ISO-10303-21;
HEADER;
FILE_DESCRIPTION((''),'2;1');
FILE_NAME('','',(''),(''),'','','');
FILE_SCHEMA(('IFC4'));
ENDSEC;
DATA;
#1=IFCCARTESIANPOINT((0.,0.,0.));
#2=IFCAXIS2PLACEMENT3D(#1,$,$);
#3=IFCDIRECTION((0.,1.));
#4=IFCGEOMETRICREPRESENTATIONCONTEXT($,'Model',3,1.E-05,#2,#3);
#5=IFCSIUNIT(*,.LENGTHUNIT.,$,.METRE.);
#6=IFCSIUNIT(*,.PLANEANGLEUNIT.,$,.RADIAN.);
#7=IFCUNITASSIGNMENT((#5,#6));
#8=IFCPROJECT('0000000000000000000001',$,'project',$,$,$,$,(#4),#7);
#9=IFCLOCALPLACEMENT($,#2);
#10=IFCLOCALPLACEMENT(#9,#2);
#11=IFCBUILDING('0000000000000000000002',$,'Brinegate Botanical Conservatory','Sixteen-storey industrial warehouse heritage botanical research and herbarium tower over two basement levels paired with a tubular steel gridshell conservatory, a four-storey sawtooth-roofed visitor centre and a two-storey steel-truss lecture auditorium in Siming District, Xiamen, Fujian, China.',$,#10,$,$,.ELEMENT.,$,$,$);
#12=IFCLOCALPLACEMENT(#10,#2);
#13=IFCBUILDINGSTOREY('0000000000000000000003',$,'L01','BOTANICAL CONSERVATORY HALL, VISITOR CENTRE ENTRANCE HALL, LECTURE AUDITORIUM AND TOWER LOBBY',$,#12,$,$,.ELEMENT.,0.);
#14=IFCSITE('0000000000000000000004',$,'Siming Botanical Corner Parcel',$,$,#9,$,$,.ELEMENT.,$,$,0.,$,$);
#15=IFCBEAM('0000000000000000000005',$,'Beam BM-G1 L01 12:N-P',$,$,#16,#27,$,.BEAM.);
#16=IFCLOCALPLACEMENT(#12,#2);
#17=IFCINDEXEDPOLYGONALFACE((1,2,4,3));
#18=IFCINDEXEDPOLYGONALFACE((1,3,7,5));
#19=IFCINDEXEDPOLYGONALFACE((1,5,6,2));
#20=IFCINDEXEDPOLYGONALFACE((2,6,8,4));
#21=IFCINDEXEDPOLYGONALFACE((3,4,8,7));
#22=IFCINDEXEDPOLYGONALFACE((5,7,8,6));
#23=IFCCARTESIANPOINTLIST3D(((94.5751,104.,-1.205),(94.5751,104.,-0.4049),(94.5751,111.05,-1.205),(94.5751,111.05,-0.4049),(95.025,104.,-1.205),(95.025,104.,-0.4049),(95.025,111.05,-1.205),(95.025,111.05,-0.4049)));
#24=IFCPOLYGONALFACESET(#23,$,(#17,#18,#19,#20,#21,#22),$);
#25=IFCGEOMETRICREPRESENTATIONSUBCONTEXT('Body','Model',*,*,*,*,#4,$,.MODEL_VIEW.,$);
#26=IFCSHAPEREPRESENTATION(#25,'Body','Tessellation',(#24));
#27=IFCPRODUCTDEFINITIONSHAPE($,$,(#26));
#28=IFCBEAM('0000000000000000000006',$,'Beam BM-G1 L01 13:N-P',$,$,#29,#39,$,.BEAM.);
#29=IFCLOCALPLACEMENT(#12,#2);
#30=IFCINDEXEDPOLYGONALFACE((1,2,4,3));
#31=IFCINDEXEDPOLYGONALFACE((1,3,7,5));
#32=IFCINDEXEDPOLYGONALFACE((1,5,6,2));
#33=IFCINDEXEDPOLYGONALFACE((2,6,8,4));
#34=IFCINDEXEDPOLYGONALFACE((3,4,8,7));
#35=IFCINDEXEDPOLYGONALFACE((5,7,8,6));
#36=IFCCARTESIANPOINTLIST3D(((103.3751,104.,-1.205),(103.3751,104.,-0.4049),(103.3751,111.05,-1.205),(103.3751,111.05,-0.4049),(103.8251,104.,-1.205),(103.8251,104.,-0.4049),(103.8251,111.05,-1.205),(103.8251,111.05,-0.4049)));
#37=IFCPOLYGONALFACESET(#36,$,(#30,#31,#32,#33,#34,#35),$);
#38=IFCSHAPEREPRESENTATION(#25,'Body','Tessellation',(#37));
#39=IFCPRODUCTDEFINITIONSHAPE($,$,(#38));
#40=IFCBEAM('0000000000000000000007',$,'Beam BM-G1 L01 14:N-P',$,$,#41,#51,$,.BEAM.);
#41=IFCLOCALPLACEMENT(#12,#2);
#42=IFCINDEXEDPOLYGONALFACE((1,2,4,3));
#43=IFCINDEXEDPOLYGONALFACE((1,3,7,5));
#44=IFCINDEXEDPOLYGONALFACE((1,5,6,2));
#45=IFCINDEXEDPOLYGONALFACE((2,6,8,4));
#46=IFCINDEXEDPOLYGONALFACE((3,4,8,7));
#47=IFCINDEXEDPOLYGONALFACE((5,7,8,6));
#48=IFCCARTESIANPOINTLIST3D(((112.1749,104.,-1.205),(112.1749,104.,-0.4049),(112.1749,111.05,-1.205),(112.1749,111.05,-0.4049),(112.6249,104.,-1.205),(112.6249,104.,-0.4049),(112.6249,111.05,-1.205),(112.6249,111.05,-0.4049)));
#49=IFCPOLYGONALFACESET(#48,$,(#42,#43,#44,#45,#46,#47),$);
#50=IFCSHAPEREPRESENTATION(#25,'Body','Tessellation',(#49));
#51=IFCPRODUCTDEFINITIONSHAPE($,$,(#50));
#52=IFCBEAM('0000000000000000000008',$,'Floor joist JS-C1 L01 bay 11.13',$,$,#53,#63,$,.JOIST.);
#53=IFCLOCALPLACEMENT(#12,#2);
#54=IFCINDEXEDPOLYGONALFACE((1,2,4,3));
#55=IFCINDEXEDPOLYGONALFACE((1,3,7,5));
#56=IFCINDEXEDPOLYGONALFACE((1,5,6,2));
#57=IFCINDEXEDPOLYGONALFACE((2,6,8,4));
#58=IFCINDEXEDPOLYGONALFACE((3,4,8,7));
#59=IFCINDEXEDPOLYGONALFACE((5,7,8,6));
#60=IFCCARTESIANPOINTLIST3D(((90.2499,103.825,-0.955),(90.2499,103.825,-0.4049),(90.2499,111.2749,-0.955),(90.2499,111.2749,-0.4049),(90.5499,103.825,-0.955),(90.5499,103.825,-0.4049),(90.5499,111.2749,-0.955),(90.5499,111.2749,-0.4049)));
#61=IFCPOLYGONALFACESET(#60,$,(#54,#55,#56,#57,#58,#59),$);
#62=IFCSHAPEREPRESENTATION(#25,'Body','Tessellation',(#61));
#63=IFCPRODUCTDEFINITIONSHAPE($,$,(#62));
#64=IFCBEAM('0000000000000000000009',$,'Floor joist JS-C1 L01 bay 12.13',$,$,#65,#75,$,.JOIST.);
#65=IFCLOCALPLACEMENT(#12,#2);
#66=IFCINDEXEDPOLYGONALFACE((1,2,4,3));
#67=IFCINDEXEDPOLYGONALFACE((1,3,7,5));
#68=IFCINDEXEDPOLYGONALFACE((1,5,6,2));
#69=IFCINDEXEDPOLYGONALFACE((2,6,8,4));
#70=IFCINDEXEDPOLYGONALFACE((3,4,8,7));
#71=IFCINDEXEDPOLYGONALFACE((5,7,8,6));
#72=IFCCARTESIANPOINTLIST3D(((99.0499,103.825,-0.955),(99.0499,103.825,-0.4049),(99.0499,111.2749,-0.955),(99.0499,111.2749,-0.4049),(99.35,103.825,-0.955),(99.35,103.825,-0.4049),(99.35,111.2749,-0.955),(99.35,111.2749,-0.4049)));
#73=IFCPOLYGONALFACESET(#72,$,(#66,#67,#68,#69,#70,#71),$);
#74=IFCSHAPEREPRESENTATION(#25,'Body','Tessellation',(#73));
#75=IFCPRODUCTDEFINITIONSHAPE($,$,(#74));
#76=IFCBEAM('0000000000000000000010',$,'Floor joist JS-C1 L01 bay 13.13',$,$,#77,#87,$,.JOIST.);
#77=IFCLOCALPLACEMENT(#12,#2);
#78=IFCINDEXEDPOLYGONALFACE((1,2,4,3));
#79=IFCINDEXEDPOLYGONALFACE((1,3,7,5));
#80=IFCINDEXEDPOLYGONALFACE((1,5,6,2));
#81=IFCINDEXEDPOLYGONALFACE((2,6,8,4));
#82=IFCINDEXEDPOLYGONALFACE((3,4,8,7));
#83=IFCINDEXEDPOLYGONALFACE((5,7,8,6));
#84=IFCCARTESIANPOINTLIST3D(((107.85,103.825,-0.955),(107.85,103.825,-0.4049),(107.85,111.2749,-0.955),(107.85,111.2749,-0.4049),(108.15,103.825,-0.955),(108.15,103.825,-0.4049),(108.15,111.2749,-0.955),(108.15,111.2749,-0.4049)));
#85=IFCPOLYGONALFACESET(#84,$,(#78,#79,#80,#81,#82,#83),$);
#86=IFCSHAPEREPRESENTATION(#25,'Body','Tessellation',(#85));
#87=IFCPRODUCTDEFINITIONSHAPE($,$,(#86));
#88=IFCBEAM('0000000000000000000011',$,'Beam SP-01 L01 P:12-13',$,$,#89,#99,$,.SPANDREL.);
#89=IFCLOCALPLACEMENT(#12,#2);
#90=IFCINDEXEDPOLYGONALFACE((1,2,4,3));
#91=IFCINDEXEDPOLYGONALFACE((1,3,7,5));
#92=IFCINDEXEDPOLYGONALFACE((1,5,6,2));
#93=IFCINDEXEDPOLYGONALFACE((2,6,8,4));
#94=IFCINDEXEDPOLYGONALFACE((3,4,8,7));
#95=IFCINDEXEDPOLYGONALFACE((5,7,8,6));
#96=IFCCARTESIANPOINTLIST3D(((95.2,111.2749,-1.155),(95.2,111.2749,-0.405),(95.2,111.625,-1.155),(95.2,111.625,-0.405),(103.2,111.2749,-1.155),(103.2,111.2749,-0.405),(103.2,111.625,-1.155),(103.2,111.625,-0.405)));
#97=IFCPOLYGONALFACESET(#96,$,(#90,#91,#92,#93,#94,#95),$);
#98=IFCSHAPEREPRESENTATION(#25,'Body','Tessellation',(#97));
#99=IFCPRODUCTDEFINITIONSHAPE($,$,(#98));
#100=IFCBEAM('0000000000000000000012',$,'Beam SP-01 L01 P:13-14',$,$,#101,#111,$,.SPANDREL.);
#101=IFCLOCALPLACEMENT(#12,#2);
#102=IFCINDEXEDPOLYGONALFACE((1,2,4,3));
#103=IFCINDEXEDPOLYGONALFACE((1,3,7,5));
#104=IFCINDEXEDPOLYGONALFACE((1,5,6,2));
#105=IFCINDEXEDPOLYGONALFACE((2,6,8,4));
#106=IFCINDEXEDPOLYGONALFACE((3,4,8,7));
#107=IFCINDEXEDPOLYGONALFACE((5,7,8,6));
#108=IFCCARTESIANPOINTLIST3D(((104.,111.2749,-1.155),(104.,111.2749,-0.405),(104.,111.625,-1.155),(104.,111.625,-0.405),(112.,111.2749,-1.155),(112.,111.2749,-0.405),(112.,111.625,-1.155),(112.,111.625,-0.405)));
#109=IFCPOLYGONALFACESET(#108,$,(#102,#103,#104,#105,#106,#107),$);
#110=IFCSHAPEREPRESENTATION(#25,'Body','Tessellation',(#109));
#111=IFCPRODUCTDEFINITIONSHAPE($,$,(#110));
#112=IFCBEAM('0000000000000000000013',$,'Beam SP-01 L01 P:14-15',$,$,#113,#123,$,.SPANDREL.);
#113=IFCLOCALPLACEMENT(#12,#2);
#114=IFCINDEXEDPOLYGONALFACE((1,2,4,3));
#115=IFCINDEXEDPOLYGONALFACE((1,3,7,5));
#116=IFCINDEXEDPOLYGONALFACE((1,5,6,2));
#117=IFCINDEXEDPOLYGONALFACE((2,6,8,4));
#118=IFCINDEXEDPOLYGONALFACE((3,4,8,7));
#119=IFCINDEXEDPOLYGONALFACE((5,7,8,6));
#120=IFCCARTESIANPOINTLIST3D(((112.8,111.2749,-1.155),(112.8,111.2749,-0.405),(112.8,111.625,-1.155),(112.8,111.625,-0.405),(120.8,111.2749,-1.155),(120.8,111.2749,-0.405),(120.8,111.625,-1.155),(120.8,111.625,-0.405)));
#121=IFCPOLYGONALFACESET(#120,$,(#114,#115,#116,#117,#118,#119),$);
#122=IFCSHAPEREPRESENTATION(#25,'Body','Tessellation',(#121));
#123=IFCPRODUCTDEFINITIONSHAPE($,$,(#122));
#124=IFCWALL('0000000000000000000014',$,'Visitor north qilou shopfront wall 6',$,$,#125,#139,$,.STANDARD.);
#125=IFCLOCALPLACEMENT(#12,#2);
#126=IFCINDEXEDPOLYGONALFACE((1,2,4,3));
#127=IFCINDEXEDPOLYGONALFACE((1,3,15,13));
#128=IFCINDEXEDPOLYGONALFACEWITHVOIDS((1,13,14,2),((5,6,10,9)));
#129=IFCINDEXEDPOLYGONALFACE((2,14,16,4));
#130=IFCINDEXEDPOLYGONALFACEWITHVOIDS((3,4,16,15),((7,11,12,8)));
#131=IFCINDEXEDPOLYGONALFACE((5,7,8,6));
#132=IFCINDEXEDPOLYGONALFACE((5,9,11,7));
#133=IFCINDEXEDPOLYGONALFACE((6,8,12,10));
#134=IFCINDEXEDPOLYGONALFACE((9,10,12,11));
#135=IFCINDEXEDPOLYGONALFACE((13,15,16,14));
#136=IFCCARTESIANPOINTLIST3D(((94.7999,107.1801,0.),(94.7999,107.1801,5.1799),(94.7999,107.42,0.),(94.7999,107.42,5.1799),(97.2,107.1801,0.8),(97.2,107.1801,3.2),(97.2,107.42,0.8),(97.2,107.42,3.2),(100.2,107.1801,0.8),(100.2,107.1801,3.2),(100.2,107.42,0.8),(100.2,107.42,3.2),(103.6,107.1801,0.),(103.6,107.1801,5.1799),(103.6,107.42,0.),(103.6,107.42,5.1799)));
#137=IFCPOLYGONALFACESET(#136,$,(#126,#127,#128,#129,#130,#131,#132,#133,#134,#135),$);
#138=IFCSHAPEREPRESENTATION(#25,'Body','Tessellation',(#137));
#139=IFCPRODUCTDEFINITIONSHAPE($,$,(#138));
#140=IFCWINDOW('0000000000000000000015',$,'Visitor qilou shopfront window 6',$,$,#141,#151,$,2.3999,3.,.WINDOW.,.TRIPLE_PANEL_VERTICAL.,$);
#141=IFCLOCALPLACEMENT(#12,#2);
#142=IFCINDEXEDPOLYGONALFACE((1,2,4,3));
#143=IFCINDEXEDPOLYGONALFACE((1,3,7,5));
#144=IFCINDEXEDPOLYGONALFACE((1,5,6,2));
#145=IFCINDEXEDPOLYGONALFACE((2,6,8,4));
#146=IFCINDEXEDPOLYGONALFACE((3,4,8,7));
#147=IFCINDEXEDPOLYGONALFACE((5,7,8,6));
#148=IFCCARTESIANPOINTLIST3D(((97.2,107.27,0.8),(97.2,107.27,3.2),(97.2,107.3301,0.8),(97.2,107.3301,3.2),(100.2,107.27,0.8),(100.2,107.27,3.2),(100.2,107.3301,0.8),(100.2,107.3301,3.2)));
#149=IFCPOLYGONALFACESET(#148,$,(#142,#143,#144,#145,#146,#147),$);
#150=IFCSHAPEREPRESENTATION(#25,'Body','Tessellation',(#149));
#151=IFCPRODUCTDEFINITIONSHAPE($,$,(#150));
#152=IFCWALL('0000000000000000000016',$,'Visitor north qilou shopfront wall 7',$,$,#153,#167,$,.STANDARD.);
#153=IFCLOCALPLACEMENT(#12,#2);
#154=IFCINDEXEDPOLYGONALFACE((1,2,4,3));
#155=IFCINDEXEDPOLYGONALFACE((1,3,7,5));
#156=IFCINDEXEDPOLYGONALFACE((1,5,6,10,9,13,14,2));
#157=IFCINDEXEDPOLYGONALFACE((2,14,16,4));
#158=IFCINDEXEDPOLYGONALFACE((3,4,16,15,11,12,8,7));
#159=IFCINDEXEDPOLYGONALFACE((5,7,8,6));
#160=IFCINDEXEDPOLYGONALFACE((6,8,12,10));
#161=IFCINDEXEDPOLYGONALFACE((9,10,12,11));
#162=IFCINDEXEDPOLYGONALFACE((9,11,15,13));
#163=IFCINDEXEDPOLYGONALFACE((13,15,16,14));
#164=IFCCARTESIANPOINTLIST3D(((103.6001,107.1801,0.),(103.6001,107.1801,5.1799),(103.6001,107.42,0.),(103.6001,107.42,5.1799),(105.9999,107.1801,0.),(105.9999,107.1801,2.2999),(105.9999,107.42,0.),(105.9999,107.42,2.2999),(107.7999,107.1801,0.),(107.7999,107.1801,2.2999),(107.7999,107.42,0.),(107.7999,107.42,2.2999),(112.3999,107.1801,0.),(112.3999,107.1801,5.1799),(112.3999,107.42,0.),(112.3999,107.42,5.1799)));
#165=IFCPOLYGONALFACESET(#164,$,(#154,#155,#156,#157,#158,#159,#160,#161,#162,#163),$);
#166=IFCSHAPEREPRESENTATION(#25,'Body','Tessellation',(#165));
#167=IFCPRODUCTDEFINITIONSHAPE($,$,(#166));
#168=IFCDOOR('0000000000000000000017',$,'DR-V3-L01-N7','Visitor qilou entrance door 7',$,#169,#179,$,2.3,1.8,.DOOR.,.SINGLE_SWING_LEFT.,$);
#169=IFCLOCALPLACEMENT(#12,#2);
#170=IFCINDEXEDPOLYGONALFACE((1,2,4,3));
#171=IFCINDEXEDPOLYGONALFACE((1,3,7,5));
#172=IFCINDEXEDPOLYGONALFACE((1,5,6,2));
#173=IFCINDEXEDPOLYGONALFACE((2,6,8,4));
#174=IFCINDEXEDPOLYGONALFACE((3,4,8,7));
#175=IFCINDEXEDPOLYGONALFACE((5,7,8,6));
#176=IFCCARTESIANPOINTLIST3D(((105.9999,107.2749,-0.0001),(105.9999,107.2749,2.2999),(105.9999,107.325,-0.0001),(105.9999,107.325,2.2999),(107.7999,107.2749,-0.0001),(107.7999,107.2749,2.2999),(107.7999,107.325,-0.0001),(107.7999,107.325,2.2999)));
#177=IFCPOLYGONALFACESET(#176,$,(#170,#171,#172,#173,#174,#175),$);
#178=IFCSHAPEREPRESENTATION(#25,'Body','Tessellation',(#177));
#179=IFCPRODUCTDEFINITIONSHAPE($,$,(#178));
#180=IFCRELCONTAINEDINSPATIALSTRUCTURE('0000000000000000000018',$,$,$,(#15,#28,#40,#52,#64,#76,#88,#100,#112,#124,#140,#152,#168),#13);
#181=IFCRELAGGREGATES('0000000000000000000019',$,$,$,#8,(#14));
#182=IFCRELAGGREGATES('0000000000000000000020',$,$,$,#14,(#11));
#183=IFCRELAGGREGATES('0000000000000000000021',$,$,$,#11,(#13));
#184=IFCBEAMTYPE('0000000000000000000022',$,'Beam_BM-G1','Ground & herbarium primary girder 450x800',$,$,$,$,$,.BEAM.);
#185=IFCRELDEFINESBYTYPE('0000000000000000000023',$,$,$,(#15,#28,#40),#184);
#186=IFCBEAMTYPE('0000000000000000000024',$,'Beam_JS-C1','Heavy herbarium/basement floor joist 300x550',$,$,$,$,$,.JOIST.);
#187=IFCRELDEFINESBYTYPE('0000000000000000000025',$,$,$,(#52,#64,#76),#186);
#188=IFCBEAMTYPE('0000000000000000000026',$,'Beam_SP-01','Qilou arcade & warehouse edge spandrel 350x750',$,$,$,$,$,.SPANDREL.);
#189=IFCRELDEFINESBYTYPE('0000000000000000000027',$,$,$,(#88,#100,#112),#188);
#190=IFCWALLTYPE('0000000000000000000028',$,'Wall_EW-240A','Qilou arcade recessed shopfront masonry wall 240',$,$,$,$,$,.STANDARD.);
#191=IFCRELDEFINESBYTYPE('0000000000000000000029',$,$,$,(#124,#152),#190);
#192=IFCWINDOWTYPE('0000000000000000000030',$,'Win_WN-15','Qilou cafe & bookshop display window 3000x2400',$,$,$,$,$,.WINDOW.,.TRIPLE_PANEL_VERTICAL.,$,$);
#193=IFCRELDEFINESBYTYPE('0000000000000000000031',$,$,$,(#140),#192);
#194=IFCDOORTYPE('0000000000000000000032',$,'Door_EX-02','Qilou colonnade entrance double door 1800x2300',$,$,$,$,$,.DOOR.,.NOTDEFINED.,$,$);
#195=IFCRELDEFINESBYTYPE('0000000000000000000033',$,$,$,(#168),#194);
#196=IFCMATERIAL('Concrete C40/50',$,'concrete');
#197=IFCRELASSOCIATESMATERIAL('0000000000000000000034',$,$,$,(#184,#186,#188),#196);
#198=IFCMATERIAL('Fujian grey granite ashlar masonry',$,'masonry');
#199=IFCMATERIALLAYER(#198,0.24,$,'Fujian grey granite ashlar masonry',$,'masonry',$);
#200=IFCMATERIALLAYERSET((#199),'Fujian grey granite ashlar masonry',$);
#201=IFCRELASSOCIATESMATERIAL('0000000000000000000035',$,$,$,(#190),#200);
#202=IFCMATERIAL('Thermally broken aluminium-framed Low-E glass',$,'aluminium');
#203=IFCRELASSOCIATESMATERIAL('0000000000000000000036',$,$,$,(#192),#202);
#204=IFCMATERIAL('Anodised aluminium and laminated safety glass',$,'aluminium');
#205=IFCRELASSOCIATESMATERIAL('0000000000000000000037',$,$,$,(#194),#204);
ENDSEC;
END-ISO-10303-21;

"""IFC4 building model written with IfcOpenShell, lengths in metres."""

from ifc_helpers import new_model, si_unit, direction, frame, frame_2d, origin, origin_2d, place, context, subcontext, project, spatial, rectangle, extrude, material, layer, layer_set, material_profile, profile_set, type_object, element, fill, save


model = new_model("IFC4")

# Units and contexts
model_context = context("Model", 3, precision=1e-05, world=origin(), true_north=direction((0.0, 1.0)))
body_context = subcontext(model_context, "Body", "Model", "MODEL_VIEW")
ifc_project = project(units=[si_unit("LENGTHUNIT", "METRE"), si_unit("PLANEANGLEUNIT", "RADIAN")], contexts=[model_context])

# Site, building, storey
site_placement = place(None, origin())
site = spatial("IfcSite", under=ifc_project, at=site_placement, Name="Siming Botanical Corner Parcel", CompositionType="ELEMENT", RefElevation=0.0)
building_placement = place(site_placement, origin())
building = spatial("IfcBuilding", under=site, at=building_placement, Name="Brinegate Botanical Conservatory", Description="Sixteen-storey industrial warehouse heritage botanical research and herbarium tower over two basement levels paired with a tubular steel gridshell conservatory, a four-storey sawtooth-roofed visitor centre and a two-storey steel-truss lecture auditorium in Siming District, Xiamen, Fujian, China.", CompositionType="ELEMENT")
storey_placement = place(building_placement, origin())
storey = spatial("IfcBuildingStorey", under=building, at=storey_placement, Name="L01", Description="BOTANICAL CONSERVATORY HALL, VISITOR CENTRE ENTRANCE HALL, LECTURE AUDITORIUM AND TOWER LOBBY", CompositionType="ELEMENT", Elevation=0.0)

# Shared definitions
ifc_material_1 = material(Name="Concrete C40/50", Category="concrete")

# Beams
ifc_material_profile_1 = material_profile(ifc_material_1, rectangle(XDim=0.45, YDim=0.8, at=origin_2d()), Name="RC BM 450x800")
ifc_profile_set_1 = profile_set([ifc_material_profile_1], Name="Concrete C40/50")
beam_type_1 = type_object("IfcBeamType", Name="Beam_BM-G1", Description="Ground & herbarium primary girder 450x800", PredefinedType="BEAM", material=ifc_profile_set_1)
for number, where, z_axis, x_axis, name in (
    (1, (94.8, 104.0, -0.8049), (0.0, 1.0, 0.0), (-1.0, 0.0, 0.0), "Beam BM-G1 L01 12:N-P"),
    (2, (103.6001, 104.0, -0.8049), (0.0, 1.0, 0.0), (-1.0, 0.0, 0.0), "Beam BM-G1 L01 13:N-P"),
    (3, (112.3999, 104.0, -0.8049), (0.0, 1.0, 0.0), (-1.0, 0.0, 0.0), "Beam BM-G1 L01 14:N-P"),
):
    element("IfcBeam", number, at=place(storey_placement, frame(where, z_axis=z_axis, x_axis=x_axis)), inside=storey, type_object=beam_type_1, Name=name, PredefinedType="BEAM", context=body_context, shape_type="SweptSolid", body=[
        extrude(rectangle(XDim=0.45, YDim=0.8, at=origin_2d()), origin(), (0.0, 0.0, 1.0), 7.05),
    ])
ifc_material_profile_2 = material_profile(ifc_material_1, rectangle(XDim=0.3, YDim=0.55, at=origin_2d()), Name="RC JST 300x550")
ifc_profile_set_2 = profile_set([ifc_material_profile_2], Name="Concrete C40/50")
beam_type_2 = type_object("IfcBeamType", Name="Beam_JS-C1", Description="Heavy herbarium/basement floor joist 300x550", PredefinedType="JOIST", material=ifc_profile_set_2)
for number, where, z_axis, x_axis, name in (
    (4, (90.3999, 103.825, -0.6799), (0.0, 1.0, 0.0), (-1.0, 0.0, 0.0), "Floor joist JS-C1 L01 bay 11.13"),
    (5, (99.2, 103.825, -0.6799), (0.0, 1.0, 0.0), (-1.0, 0.0, 0.0), "Floor joist JS-C1 L01 bay 12.13"),
    (6, (108.0, 103.825, -0.6799), (0.0, 1.0, 0.0), (-1.0, 0.0, 0.0), "Floor joist JS-C1 L01 bay 13.13"),
):
    element("IfcBeam", number, at=place(storey_placement, frame(where, z_axis=z_axis, x_axis=x_axis)), inside=storey, type_object=beam_type_2, Name=name, PredefinedType="JOIST", context=body_context, shape_type="SweptSolid", body=[
        extrude(rectangle(XDim=0.3, YDim=0.55, at=origin_2d()), origin(), (0.0, 0.0, 1.0), 7.45),
    ])
ifc_material_profile_3 = material_profile(ifc_material_1, rectangle(XDim=0.3501, YDim=0.75, at=origin_2d()), Name="RC SPN 350x750")
ifc_profile_set_3 = profile_set([ifc_material_profile_3], Name="Concrete C40/50")
beam_type_3 = type_object("IfcBeamType", Name="Beam_SP-01", Description="Qilou arcade & warehouse edge spandrel 350x750", PredefinedType="SPANDREL", material=ifc_profile_set_3)
for number, where, z_axis, x_axis, name in (
    (7, (95.2, 111.45, -0.78), (1.0, 0.0, 0.0), (0.0, 1.0, 0.0), "Beam SP-01 L01 P:12-13"),
    (8, (104.0, 111.45, -0.78), (1.0, 0.0, 0.0), (0.0, 1.0, 0.0), "Beam SP-01 L01 P:13-14"),
    (9, (112.8, 111.45, -0.78), (1.0, 0.0, 0.0), (0.0, 1.0, 0.0), "Beam SP-01 L01 P:14-15"),
):
    element("IfcBeam", number, at=place(storey_placement, frame(where, z_axis=z_axis, x_axis=x_axis)), inside=storey, type_object=beam_type_3, Name=name, PredefinedType="SPANDREL", context=body_context, shape_type="SweptSolid", body=[
        extrude(rectangle(XDim=0.3501, YDim=0.75, at=origin_2d()), origin(), (0.0, 0.0, 1.0), 8.0),
    ])

# Wall, opening, window
ifc_material_2 = material(Name="Fujian grey granite ashlar masonry", Category="masonry")
ifc_layer_1 = layer(ifc_material_2, 0.24, Name="Fujian grey granite ashlar masonry", Category="masonry")
ifc_layer_set_1 = layer_set([ifc_layer_1], Name="Fujian grey granite ashlar masonry")
wall_type_1 = type_object("IfcWallType", Name="Wall_EW-240A", Description="Qilou arcade recessed shopfront masonry wall 240", PredefinedType="STANDARD", material=ifc_layer_set_1)
wall_1_placement = place(storey_placement, frame((94.8, 107.3, 0.0), z_axis=(0.0, 0.0, 1.0), x_axis=(1.0, 0.0, 0.0)))
wall_1 = element("IfcWall", 10, at=wall_1_placement, inside=storey, type_object=wall_type_1, Name="Visitor north qilou shopfront wall 6", PredefinedType="STANDARD", context=body_context, shape_type="SweptSolid", body=[
    extrude(rectangle(XDim=8.8, YDim=0.24, at=frame_2d((4.3999, 0.0))), origin(), (0.0, 0.0, 1.0), 5.1799),
])
opening_1_placement = place(wall_1_placement, frame((2.3999, 0.0, 0.8)))
opening_1 = element("IfcOpeningElement", 11, at=opening_1_placement, cuts=wall_1, PredefinedType="OPENING", context=body_context, shape_type="SweptSolid", body=[
    extrude(rectangle(XDim=3.0, YDim=2.3999, at=frame_2d((1.5, 1.2))), frame((0.0, 0.1299, 0.0), z_axis=(0.0, -1.0, 0.0), x_axis=(1.0, 0.0, 0.0)), (0.0, 0.0, 1.0), 0.26),
])
ifc_material_3 = material(Name="Thermally broken aluminium-framed Low-E glass", Category="aluminium")
window_type = type_object("IfcWindowType", Name="Win_WN-15", Description="Qilou cafe & bookshop display window 3000x2400", PartitioningType="TRIPLE_PANEL_VERTICAL", PredefinedType="WINDOW", material=ifc_material_3)
window_1_placement = place(opening_1_placement, origin())
window_1 = element("IfcWindow", 12, at=window_1_placement, inside=storey, type_object=window_type, Name="Visitor qilou shopfront window 6", OverallHeight=2.3999, OverallWidth=3.0, PartitioningType="TRIPLE_PANEL_VERTICAL", PredefinedType="WINDOW", context=body_context, shape_type="SweptSolid", body=[
    extrude(rectangle(XDim=3.0, YDim=2.3999, at=frame_2d((1.5, 1.2))), frame((0.0, 0.03, 0.0), z_axis=(0.0, -1.0, 0.0), x_axis=(1.0, 0.0, 0.0)), (0.0, 0.0, 1.0), 0.0601),
])
fill(opening_1, window_1)

# Wall, opening, door
wall_2_placement = place(storey_placement, frame((103.6001, 107.3, 0.0), z_axis=(0.0, 0.0, 1.0), x_axis=(1.0, 0.0, 0.0)))
wall_2 = element("IfcWall", 13, at=wall_2_placement, inside=storey, type_object=wall_type_1, Name="Visitor north qilou shopfront wall 7", PredefinedType="STANDARD", context=body_context, shape_type="SweptSolid", body=[
    extrude(rectangle(XDim=8.7998, YDim=0.24, at=frame_2d((4.3999, 0.0))), origin(), (0.0, 0.0, 1.0), 5.1799),
])
opening_2_placement = place(wall_2_placement, frame((2.3999, 0.0, 0.0)))
opening_2 = element("IfcOpeningElement", 14, at=opening_2_placement, cuts=wall_2, PredefinedType="OPENING", context=body_context, shape_type="SweptSolid", body=[
    extrude(rectangle(XDim=1.8, YDim=2.3, at=frame_2d((0.8999, 1.1499))), frame((0.0, 0.1299, 0.0), z_axis=(0.0, -1.0, 0.0), x_axis=(1.0, 0.0, 0.0)), (0.0, 0.0, 1.0), 0.26),
])
ifc_material_4 = material(Name="Anodised aluminium and laminated safety glass", Category="aluminium")
door_type = type_object("IfcDoorType", Name="Door_EX-02", Description="Qilou colonnade entrance double door 1800x2300", OperationType="NOTDEFINED", PredefinedType="DOOR", material=ifc_material_4)
door_placement = place(opening_2_placement, origin())
door = element("IfcDoor", 15, at=door_placement, inside=storey, type_object=door_type, Name="DR-V3-L01-N7", Description="Visitor qilou entrance door 7", OperationType="SINGLE_SWING_LEFT", OverallHeight=2.3, OverallWidth=1.8, PredefinedType="DOOR", context=body_context, shape_type="SweptSolid", body=[
    extrude(rectangle(XDim=1.8, YDim=2.3, at=frame_2d((0.8999, 1.1499))), frame((0.0, 0.0249, 0.0), z_axis=(0.0, -1.0, 0.0), x_axis=(1.0, 0.0, 0.0)), (0.0, 0.0, 1.0), 0.05),
])
fill(opening_2, door)

save(model, "model.ifc")
